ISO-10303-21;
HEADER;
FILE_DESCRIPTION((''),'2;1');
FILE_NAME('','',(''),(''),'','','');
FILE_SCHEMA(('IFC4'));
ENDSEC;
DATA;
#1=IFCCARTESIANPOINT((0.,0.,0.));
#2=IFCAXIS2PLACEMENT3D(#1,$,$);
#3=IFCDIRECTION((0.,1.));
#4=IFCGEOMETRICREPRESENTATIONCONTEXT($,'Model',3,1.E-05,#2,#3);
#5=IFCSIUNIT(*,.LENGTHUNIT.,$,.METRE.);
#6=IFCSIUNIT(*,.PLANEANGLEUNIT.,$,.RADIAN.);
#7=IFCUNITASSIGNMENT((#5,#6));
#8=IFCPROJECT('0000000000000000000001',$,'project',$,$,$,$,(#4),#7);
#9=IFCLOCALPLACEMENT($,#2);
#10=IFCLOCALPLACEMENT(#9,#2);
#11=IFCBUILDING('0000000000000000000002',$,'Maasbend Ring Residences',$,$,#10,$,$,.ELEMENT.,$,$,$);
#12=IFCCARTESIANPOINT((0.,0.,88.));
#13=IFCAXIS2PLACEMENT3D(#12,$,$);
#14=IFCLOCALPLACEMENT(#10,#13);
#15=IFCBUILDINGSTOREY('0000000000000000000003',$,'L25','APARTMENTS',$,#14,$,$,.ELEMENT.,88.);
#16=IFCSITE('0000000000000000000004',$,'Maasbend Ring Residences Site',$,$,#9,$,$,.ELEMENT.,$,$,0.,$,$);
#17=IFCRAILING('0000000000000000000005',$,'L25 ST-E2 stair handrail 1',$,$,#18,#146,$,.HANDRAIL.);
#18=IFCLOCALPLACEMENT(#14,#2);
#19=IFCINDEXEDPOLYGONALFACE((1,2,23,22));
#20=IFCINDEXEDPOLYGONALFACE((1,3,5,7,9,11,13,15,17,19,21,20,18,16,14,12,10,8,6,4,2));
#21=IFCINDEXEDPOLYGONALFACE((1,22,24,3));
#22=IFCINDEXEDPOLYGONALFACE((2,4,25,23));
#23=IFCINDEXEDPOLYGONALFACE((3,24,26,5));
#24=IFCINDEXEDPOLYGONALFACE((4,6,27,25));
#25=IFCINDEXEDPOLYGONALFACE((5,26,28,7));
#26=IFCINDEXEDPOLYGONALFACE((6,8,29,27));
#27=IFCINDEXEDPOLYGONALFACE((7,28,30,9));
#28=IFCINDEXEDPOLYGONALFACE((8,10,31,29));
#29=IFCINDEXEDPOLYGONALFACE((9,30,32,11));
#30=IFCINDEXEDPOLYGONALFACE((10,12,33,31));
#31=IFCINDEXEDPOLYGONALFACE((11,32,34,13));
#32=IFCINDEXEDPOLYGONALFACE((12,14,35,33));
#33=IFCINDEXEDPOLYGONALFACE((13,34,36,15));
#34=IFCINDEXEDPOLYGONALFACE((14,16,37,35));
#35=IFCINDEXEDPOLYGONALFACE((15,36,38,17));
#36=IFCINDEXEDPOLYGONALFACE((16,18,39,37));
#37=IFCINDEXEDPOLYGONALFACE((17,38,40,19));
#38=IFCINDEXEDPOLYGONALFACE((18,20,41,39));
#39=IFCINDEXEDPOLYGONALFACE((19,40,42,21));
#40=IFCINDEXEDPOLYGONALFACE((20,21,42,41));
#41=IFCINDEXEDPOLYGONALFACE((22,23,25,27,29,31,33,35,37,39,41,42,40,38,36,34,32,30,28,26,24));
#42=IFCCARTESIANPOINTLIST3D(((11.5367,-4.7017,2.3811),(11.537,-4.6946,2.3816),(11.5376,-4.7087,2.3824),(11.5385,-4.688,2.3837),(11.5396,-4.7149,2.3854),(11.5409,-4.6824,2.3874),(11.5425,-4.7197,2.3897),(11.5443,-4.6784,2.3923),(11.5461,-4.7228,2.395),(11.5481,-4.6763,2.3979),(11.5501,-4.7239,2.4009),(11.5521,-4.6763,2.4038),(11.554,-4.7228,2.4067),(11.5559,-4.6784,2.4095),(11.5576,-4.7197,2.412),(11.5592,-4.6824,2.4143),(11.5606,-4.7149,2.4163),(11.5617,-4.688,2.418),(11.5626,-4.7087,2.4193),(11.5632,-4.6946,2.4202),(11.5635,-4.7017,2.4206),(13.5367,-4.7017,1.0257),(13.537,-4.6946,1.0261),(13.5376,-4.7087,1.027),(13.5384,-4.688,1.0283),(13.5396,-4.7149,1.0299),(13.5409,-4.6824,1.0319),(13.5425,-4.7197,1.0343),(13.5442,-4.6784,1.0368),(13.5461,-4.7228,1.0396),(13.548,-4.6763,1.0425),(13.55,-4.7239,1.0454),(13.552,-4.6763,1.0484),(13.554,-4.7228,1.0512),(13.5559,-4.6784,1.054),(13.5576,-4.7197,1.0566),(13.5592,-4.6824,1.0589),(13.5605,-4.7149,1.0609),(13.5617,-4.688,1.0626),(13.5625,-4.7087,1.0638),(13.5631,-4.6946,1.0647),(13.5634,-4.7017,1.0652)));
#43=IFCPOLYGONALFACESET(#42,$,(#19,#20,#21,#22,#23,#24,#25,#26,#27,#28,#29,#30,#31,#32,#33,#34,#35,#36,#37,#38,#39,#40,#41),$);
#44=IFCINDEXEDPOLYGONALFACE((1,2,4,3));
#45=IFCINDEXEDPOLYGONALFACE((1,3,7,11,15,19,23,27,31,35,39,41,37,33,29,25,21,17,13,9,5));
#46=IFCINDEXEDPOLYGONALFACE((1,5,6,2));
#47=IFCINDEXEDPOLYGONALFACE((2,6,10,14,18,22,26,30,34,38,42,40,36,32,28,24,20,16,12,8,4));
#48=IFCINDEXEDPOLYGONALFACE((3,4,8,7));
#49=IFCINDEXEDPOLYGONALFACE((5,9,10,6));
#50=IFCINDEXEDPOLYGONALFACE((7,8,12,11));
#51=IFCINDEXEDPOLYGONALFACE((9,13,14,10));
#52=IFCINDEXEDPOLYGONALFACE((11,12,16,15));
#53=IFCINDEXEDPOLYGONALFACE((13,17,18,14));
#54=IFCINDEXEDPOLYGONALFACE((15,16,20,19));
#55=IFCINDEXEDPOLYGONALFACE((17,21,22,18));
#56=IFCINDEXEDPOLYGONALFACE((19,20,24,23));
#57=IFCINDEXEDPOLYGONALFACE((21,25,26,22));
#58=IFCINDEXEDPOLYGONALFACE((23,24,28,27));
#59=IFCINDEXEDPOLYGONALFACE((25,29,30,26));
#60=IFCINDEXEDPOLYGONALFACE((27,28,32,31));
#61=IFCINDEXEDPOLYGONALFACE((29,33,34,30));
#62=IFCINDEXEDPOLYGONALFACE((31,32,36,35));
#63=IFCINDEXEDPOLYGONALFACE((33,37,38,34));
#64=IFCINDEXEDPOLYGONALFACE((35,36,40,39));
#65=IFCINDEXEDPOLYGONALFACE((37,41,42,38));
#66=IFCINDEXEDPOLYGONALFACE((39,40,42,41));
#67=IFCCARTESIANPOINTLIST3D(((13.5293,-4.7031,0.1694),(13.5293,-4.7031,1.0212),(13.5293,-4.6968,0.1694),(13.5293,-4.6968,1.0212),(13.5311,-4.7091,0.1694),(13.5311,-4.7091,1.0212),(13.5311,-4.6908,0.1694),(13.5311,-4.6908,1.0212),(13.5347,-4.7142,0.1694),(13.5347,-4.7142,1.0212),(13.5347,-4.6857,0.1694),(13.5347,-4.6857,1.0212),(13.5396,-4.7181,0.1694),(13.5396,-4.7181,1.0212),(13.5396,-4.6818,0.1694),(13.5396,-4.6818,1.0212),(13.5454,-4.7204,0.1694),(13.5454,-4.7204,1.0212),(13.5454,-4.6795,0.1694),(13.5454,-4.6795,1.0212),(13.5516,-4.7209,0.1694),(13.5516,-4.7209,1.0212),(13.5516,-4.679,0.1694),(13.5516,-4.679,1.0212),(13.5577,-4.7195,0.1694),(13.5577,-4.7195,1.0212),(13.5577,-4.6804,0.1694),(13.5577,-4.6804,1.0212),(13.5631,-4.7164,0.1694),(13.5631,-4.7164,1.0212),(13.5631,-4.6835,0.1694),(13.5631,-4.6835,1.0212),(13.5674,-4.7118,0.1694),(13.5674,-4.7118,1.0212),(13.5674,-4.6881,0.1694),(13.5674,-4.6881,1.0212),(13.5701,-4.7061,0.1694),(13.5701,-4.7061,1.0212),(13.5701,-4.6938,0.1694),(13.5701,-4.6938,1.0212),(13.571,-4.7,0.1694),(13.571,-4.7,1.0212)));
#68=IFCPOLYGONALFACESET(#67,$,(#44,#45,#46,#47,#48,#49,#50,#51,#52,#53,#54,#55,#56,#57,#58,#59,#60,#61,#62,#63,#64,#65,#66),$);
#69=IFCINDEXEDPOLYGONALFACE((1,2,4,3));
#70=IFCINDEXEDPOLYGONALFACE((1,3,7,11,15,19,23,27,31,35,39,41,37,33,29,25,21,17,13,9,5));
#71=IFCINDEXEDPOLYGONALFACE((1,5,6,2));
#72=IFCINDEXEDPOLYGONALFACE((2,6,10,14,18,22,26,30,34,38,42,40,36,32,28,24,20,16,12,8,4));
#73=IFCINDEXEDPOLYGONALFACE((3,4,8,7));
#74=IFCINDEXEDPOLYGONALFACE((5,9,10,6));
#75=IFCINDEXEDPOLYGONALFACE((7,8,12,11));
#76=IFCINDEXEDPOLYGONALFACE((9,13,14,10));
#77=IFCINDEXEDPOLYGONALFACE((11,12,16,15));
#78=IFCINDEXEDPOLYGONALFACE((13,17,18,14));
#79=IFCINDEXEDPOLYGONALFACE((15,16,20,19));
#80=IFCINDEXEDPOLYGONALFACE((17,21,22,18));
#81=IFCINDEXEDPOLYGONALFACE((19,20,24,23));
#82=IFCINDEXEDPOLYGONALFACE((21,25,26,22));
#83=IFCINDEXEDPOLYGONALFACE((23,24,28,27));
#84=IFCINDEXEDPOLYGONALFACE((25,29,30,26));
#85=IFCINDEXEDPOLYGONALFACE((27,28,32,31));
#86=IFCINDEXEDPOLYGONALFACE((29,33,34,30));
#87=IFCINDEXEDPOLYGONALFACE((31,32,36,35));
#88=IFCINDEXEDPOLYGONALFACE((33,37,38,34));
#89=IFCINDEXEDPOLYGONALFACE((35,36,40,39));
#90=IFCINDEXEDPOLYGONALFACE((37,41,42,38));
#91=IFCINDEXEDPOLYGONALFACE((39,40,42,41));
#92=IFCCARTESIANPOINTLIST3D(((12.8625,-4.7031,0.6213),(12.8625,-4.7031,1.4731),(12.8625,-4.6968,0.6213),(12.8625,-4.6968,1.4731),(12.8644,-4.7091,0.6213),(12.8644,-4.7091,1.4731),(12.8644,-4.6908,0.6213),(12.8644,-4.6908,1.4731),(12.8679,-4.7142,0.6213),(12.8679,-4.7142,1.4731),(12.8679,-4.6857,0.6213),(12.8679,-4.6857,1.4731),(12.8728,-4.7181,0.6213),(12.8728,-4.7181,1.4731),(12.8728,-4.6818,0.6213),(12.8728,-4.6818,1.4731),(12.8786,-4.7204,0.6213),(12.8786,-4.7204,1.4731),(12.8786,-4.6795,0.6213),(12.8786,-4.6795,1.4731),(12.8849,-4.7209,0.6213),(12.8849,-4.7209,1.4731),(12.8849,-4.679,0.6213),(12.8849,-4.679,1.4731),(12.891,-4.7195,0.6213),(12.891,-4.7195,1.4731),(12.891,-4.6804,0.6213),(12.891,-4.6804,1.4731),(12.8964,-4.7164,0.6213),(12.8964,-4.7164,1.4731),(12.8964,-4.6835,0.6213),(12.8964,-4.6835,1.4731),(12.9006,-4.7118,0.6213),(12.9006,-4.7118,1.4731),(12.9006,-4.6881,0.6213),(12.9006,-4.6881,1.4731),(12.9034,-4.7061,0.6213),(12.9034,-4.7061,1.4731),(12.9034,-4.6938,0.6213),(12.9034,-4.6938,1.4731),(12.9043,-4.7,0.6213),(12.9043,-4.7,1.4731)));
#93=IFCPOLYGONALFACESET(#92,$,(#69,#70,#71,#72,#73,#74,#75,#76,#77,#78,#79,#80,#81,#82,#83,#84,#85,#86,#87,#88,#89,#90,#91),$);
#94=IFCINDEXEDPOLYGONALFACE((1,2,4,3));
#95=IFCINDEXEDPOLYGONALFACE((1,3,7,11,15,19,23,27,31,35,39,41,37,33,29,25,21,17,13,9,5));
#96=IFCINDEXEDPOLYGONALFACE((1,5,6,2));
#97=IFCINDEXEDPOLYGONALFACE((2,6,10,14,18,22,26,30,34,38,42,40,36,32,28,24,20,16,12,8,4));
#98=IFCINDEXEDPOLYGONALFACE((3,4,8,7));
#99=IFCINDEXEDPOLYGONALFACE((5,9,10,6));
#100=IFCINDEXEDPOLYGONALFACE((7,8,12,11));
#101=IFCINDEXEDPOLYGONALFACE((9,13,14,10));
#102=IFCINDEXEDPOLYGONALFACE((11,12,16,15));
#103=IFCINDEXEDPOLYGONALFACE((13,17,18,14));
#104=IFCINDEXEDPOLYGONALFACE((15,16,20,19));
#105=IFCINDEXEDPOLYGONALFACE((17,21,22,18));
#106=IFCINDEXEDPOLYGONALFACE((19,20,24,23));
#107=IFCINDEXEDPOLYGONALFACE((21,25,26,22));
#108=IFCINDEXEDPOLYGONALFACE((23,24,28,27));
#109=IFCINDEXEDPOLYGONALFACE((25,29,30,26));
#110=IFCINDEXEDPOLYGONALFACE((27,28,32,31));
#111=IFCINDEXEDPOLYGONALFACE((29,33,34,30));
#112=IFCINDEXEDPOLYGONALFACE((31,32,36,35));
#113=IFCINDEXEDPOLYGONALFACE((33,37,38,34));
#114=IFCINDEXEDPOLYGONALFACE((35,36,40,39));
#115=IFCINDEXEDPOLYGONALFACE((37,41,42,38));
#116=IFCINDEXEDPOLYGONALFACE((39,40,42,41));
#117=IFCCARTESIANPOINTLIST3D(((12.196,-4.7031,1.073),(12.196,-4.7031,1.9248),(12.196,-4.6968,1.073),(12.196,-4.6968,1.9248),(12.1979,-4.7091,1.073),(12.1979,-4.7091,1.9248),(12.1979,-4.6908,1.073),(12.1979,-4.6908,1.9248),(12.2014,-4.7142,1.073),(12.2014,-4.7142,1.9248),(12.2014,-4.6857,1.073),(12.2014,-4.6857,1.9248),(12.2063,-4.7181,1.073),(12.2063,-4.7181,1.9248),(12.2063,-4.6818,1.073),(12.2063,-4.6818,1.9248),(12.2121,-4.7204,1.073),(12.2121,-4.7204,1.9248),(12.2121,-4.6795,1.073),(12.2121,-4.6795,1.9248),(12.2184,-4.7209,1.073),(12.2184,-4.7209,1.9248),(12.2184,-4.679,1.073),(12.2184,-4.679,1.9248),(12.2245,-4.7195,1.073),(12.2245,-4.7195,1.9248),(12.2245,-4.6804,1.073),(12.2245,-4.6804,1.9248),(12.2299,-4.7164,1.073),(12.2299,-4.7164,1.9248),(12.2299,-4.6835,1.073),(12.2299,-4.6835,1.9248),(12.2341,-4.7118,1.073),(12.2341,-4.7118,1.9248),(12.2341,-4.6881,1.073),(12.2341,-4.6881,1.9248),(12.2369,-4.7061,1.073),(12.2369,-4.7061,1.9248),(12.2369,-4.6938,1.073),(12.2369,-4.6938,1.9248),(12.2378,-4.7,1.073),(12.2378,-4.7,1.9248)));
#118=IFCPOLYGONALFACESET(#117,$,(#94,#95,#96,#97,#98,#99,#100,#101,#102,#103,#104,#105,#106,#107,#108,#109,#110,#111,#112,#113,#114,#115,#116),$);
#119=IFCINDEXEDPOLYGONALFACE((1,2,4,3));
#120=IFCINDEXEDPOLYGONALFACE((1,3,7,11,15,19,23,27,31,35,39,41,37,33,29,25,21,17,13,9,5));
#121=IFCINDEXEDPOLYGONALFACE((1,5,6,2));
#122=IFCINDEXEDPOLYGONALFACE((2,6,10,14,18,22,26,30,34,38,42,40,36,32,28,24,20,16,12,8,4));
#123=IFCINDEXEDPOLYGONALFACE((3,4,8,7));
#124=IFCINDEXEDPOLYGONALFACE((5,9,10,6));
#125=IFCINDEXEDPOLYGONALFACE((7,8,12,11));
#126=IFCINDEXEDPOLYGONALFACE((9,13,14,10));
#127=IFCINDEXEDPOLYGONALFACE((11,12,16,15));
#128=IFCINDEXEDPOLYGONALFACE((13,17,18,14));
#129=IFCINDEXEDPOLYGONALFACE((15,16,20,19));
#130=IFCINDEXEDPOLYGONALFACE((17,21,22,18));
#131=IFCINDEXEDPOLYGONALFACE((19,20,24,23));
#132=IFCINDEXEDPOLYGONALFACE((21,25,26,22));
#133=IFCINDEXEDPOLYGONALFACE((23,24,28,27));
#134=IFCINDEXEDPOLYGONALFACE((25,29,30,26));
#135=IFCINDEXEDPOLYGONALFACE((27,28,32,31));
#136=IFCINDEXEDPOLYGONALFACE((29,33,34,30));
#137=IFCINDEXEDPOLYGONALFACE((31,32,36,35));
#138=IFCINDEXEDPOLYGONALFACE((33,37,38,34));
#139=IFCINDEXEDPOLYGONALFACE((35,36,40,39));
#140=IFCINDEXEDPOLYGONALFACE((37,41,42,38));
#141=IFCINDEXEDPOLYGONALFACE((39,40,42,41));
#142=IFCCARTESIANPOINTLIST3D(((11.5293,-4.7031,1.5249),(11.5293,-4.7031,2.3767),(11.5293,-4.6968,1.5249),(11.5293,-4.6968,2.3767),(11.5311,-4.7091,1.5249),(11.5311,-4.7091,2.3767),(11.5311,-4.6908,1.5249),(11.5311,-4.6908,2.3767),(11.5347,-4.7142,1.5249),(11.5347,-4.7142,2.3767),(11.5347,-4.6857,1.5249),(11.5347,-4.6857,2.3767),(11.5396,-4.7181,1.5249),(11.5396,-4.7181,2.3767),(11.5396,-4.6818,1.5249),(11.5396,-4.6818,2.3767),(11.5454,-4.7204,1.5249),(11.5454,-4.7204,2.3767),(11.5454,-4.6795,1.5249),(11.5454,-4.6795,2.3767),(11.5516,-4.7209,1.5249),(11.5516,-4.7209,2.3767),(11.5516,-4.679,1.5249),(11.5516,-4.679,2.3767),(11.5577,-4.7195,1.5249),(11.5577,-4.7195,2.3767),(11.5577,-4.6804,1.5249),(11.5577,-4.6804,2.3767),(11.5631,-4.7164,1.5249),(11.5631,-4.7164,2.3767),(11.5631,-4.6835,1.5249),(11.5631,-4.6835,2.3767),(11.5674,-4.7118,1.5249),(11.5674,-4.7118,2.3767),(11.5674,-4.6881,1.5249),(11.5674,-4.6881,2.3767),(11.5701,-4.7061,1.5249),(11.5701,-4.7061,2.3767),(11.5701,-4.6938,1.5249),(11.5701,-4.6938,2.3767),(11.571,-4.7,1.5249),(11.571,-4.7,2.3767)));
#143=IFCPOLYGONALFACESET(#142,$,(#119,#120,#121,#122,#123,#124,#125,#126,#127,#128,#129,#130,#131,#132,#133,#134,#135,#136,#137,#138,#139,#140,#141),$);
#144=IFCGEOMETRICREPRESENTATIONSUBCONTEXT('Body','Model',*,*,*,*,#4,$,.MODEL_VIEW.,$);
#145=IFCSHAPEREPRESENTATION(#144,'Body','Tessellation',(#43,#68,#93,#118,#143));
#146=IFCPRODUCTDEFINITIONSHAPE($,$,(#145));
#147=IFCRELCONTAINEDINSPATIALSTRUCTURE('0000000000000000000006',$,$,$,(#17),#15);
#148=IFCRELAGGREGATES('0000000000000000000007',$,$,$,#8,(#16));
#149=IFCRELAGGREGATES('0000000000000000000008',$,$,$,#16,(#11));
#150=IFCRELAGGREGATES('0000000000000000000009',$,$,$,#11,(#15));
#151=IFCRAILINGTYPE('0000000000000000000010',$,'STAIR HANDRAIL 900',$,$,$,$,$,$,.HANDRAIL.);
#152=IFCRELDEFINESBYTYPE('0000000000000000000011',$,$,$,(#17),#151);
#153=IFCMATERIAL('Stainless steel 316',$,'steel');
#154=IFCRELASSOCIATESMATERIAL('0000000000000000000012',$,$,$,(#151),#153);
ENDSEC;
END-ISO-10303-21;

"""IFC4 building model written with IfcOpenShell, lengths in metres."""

from ifc_helpers import new_model, si_unit, direction, frame, origin, origin_2d, place, context, subcontext, project, spatial, circle, extrude, material, type_object, element, save


model = new_model("IFC4")

# Units and contexts
model_context = context("Model", 3, precision=1e-05, world=origin(), true_north=direction((0.0, 1.0)))
body_context = subcontext(model_context, "Body", "Model", "MODEL_VIEW")
ifc_project = project(units=[si_unit("LENGTHUNIT", "METRE"), si_unit("PLANEANGLEUNIT", "RADIAN")], contexts=[model_context])

# Site, building, storey
site_placement = place(None, origin())
site = spatial("IfcSite", under=ifc_project, at=site_placement, Name="Maasbend Ring Residences Site", CompositionType="ELEMENT", RefElevation=0.0)
building_placement = place(site_placement, origin())
building = spatial("IfcBuilding", under=site, at=building_placement, Name="Maasbend Ring Residences", CompositionType="ELEMENT")
storey_placement = place(building_placement, frame((0.0, 0.0, 88.0)))
storey = spatial("IfcBuildingStorey", under=building, at=storey_placement, Name="L25", Description="APARTMENTS", CompositionType="ELEMENT", Elevation=88.0)

# Railing
ifc_material_1 = material(Name="Stainless steel 316", Category="steel")
railing_type_1 = type_object("IfcRailingType", Name="STAIR HANDRAIL 900", PredefinedType="HANDRAIL", material=ifc_material_1)
railing_1_placement = place(storey_placement, frame((13.55, -4.7, 0.1694)))
element("IfcRailing", 1, at=railing_1_placement, inside=storey, type_object=railing_type_1, Name="L25 ST-E2 stair handrail 1", PredefinedType="HANDRAIL", context=body_context, shape_type="SweptSolid", body=[
    extrude(circle(Radius=0.0239, at=origin_2d()), frame((0.0, 0.0, 0.876), z_axis=(-0.827798, 0.0, 0.561027), x_axis=(0.0, -1.0, 0.0)), (0.0, 0.0, 1.0), 2.416),
    extrude(circle(Radius=0.021, at=origin_2d()), origin(), (0.0, 0.0, 1.0), 0.8518),
    extrude(circle(Radius=0.021, at=origin_2d()), frame((-0.6667, 0.0, 0.4519)), (0.0, 0.0, 1.0), 0.8518),
    extrude(circle(Radius=0.021, at=origin_2d()), frame((-1.3333, 0.0, 0.9036)), (0.0, 0.0, 1.0), 0.8518),
    extrude(circle(Radius=0.021, at=origin_2d()), frame((-2.0, 0.0, 1.3555)), (0.0, 0.0, 1.0), 0.8518),
])

save(model, "model.ifc")
